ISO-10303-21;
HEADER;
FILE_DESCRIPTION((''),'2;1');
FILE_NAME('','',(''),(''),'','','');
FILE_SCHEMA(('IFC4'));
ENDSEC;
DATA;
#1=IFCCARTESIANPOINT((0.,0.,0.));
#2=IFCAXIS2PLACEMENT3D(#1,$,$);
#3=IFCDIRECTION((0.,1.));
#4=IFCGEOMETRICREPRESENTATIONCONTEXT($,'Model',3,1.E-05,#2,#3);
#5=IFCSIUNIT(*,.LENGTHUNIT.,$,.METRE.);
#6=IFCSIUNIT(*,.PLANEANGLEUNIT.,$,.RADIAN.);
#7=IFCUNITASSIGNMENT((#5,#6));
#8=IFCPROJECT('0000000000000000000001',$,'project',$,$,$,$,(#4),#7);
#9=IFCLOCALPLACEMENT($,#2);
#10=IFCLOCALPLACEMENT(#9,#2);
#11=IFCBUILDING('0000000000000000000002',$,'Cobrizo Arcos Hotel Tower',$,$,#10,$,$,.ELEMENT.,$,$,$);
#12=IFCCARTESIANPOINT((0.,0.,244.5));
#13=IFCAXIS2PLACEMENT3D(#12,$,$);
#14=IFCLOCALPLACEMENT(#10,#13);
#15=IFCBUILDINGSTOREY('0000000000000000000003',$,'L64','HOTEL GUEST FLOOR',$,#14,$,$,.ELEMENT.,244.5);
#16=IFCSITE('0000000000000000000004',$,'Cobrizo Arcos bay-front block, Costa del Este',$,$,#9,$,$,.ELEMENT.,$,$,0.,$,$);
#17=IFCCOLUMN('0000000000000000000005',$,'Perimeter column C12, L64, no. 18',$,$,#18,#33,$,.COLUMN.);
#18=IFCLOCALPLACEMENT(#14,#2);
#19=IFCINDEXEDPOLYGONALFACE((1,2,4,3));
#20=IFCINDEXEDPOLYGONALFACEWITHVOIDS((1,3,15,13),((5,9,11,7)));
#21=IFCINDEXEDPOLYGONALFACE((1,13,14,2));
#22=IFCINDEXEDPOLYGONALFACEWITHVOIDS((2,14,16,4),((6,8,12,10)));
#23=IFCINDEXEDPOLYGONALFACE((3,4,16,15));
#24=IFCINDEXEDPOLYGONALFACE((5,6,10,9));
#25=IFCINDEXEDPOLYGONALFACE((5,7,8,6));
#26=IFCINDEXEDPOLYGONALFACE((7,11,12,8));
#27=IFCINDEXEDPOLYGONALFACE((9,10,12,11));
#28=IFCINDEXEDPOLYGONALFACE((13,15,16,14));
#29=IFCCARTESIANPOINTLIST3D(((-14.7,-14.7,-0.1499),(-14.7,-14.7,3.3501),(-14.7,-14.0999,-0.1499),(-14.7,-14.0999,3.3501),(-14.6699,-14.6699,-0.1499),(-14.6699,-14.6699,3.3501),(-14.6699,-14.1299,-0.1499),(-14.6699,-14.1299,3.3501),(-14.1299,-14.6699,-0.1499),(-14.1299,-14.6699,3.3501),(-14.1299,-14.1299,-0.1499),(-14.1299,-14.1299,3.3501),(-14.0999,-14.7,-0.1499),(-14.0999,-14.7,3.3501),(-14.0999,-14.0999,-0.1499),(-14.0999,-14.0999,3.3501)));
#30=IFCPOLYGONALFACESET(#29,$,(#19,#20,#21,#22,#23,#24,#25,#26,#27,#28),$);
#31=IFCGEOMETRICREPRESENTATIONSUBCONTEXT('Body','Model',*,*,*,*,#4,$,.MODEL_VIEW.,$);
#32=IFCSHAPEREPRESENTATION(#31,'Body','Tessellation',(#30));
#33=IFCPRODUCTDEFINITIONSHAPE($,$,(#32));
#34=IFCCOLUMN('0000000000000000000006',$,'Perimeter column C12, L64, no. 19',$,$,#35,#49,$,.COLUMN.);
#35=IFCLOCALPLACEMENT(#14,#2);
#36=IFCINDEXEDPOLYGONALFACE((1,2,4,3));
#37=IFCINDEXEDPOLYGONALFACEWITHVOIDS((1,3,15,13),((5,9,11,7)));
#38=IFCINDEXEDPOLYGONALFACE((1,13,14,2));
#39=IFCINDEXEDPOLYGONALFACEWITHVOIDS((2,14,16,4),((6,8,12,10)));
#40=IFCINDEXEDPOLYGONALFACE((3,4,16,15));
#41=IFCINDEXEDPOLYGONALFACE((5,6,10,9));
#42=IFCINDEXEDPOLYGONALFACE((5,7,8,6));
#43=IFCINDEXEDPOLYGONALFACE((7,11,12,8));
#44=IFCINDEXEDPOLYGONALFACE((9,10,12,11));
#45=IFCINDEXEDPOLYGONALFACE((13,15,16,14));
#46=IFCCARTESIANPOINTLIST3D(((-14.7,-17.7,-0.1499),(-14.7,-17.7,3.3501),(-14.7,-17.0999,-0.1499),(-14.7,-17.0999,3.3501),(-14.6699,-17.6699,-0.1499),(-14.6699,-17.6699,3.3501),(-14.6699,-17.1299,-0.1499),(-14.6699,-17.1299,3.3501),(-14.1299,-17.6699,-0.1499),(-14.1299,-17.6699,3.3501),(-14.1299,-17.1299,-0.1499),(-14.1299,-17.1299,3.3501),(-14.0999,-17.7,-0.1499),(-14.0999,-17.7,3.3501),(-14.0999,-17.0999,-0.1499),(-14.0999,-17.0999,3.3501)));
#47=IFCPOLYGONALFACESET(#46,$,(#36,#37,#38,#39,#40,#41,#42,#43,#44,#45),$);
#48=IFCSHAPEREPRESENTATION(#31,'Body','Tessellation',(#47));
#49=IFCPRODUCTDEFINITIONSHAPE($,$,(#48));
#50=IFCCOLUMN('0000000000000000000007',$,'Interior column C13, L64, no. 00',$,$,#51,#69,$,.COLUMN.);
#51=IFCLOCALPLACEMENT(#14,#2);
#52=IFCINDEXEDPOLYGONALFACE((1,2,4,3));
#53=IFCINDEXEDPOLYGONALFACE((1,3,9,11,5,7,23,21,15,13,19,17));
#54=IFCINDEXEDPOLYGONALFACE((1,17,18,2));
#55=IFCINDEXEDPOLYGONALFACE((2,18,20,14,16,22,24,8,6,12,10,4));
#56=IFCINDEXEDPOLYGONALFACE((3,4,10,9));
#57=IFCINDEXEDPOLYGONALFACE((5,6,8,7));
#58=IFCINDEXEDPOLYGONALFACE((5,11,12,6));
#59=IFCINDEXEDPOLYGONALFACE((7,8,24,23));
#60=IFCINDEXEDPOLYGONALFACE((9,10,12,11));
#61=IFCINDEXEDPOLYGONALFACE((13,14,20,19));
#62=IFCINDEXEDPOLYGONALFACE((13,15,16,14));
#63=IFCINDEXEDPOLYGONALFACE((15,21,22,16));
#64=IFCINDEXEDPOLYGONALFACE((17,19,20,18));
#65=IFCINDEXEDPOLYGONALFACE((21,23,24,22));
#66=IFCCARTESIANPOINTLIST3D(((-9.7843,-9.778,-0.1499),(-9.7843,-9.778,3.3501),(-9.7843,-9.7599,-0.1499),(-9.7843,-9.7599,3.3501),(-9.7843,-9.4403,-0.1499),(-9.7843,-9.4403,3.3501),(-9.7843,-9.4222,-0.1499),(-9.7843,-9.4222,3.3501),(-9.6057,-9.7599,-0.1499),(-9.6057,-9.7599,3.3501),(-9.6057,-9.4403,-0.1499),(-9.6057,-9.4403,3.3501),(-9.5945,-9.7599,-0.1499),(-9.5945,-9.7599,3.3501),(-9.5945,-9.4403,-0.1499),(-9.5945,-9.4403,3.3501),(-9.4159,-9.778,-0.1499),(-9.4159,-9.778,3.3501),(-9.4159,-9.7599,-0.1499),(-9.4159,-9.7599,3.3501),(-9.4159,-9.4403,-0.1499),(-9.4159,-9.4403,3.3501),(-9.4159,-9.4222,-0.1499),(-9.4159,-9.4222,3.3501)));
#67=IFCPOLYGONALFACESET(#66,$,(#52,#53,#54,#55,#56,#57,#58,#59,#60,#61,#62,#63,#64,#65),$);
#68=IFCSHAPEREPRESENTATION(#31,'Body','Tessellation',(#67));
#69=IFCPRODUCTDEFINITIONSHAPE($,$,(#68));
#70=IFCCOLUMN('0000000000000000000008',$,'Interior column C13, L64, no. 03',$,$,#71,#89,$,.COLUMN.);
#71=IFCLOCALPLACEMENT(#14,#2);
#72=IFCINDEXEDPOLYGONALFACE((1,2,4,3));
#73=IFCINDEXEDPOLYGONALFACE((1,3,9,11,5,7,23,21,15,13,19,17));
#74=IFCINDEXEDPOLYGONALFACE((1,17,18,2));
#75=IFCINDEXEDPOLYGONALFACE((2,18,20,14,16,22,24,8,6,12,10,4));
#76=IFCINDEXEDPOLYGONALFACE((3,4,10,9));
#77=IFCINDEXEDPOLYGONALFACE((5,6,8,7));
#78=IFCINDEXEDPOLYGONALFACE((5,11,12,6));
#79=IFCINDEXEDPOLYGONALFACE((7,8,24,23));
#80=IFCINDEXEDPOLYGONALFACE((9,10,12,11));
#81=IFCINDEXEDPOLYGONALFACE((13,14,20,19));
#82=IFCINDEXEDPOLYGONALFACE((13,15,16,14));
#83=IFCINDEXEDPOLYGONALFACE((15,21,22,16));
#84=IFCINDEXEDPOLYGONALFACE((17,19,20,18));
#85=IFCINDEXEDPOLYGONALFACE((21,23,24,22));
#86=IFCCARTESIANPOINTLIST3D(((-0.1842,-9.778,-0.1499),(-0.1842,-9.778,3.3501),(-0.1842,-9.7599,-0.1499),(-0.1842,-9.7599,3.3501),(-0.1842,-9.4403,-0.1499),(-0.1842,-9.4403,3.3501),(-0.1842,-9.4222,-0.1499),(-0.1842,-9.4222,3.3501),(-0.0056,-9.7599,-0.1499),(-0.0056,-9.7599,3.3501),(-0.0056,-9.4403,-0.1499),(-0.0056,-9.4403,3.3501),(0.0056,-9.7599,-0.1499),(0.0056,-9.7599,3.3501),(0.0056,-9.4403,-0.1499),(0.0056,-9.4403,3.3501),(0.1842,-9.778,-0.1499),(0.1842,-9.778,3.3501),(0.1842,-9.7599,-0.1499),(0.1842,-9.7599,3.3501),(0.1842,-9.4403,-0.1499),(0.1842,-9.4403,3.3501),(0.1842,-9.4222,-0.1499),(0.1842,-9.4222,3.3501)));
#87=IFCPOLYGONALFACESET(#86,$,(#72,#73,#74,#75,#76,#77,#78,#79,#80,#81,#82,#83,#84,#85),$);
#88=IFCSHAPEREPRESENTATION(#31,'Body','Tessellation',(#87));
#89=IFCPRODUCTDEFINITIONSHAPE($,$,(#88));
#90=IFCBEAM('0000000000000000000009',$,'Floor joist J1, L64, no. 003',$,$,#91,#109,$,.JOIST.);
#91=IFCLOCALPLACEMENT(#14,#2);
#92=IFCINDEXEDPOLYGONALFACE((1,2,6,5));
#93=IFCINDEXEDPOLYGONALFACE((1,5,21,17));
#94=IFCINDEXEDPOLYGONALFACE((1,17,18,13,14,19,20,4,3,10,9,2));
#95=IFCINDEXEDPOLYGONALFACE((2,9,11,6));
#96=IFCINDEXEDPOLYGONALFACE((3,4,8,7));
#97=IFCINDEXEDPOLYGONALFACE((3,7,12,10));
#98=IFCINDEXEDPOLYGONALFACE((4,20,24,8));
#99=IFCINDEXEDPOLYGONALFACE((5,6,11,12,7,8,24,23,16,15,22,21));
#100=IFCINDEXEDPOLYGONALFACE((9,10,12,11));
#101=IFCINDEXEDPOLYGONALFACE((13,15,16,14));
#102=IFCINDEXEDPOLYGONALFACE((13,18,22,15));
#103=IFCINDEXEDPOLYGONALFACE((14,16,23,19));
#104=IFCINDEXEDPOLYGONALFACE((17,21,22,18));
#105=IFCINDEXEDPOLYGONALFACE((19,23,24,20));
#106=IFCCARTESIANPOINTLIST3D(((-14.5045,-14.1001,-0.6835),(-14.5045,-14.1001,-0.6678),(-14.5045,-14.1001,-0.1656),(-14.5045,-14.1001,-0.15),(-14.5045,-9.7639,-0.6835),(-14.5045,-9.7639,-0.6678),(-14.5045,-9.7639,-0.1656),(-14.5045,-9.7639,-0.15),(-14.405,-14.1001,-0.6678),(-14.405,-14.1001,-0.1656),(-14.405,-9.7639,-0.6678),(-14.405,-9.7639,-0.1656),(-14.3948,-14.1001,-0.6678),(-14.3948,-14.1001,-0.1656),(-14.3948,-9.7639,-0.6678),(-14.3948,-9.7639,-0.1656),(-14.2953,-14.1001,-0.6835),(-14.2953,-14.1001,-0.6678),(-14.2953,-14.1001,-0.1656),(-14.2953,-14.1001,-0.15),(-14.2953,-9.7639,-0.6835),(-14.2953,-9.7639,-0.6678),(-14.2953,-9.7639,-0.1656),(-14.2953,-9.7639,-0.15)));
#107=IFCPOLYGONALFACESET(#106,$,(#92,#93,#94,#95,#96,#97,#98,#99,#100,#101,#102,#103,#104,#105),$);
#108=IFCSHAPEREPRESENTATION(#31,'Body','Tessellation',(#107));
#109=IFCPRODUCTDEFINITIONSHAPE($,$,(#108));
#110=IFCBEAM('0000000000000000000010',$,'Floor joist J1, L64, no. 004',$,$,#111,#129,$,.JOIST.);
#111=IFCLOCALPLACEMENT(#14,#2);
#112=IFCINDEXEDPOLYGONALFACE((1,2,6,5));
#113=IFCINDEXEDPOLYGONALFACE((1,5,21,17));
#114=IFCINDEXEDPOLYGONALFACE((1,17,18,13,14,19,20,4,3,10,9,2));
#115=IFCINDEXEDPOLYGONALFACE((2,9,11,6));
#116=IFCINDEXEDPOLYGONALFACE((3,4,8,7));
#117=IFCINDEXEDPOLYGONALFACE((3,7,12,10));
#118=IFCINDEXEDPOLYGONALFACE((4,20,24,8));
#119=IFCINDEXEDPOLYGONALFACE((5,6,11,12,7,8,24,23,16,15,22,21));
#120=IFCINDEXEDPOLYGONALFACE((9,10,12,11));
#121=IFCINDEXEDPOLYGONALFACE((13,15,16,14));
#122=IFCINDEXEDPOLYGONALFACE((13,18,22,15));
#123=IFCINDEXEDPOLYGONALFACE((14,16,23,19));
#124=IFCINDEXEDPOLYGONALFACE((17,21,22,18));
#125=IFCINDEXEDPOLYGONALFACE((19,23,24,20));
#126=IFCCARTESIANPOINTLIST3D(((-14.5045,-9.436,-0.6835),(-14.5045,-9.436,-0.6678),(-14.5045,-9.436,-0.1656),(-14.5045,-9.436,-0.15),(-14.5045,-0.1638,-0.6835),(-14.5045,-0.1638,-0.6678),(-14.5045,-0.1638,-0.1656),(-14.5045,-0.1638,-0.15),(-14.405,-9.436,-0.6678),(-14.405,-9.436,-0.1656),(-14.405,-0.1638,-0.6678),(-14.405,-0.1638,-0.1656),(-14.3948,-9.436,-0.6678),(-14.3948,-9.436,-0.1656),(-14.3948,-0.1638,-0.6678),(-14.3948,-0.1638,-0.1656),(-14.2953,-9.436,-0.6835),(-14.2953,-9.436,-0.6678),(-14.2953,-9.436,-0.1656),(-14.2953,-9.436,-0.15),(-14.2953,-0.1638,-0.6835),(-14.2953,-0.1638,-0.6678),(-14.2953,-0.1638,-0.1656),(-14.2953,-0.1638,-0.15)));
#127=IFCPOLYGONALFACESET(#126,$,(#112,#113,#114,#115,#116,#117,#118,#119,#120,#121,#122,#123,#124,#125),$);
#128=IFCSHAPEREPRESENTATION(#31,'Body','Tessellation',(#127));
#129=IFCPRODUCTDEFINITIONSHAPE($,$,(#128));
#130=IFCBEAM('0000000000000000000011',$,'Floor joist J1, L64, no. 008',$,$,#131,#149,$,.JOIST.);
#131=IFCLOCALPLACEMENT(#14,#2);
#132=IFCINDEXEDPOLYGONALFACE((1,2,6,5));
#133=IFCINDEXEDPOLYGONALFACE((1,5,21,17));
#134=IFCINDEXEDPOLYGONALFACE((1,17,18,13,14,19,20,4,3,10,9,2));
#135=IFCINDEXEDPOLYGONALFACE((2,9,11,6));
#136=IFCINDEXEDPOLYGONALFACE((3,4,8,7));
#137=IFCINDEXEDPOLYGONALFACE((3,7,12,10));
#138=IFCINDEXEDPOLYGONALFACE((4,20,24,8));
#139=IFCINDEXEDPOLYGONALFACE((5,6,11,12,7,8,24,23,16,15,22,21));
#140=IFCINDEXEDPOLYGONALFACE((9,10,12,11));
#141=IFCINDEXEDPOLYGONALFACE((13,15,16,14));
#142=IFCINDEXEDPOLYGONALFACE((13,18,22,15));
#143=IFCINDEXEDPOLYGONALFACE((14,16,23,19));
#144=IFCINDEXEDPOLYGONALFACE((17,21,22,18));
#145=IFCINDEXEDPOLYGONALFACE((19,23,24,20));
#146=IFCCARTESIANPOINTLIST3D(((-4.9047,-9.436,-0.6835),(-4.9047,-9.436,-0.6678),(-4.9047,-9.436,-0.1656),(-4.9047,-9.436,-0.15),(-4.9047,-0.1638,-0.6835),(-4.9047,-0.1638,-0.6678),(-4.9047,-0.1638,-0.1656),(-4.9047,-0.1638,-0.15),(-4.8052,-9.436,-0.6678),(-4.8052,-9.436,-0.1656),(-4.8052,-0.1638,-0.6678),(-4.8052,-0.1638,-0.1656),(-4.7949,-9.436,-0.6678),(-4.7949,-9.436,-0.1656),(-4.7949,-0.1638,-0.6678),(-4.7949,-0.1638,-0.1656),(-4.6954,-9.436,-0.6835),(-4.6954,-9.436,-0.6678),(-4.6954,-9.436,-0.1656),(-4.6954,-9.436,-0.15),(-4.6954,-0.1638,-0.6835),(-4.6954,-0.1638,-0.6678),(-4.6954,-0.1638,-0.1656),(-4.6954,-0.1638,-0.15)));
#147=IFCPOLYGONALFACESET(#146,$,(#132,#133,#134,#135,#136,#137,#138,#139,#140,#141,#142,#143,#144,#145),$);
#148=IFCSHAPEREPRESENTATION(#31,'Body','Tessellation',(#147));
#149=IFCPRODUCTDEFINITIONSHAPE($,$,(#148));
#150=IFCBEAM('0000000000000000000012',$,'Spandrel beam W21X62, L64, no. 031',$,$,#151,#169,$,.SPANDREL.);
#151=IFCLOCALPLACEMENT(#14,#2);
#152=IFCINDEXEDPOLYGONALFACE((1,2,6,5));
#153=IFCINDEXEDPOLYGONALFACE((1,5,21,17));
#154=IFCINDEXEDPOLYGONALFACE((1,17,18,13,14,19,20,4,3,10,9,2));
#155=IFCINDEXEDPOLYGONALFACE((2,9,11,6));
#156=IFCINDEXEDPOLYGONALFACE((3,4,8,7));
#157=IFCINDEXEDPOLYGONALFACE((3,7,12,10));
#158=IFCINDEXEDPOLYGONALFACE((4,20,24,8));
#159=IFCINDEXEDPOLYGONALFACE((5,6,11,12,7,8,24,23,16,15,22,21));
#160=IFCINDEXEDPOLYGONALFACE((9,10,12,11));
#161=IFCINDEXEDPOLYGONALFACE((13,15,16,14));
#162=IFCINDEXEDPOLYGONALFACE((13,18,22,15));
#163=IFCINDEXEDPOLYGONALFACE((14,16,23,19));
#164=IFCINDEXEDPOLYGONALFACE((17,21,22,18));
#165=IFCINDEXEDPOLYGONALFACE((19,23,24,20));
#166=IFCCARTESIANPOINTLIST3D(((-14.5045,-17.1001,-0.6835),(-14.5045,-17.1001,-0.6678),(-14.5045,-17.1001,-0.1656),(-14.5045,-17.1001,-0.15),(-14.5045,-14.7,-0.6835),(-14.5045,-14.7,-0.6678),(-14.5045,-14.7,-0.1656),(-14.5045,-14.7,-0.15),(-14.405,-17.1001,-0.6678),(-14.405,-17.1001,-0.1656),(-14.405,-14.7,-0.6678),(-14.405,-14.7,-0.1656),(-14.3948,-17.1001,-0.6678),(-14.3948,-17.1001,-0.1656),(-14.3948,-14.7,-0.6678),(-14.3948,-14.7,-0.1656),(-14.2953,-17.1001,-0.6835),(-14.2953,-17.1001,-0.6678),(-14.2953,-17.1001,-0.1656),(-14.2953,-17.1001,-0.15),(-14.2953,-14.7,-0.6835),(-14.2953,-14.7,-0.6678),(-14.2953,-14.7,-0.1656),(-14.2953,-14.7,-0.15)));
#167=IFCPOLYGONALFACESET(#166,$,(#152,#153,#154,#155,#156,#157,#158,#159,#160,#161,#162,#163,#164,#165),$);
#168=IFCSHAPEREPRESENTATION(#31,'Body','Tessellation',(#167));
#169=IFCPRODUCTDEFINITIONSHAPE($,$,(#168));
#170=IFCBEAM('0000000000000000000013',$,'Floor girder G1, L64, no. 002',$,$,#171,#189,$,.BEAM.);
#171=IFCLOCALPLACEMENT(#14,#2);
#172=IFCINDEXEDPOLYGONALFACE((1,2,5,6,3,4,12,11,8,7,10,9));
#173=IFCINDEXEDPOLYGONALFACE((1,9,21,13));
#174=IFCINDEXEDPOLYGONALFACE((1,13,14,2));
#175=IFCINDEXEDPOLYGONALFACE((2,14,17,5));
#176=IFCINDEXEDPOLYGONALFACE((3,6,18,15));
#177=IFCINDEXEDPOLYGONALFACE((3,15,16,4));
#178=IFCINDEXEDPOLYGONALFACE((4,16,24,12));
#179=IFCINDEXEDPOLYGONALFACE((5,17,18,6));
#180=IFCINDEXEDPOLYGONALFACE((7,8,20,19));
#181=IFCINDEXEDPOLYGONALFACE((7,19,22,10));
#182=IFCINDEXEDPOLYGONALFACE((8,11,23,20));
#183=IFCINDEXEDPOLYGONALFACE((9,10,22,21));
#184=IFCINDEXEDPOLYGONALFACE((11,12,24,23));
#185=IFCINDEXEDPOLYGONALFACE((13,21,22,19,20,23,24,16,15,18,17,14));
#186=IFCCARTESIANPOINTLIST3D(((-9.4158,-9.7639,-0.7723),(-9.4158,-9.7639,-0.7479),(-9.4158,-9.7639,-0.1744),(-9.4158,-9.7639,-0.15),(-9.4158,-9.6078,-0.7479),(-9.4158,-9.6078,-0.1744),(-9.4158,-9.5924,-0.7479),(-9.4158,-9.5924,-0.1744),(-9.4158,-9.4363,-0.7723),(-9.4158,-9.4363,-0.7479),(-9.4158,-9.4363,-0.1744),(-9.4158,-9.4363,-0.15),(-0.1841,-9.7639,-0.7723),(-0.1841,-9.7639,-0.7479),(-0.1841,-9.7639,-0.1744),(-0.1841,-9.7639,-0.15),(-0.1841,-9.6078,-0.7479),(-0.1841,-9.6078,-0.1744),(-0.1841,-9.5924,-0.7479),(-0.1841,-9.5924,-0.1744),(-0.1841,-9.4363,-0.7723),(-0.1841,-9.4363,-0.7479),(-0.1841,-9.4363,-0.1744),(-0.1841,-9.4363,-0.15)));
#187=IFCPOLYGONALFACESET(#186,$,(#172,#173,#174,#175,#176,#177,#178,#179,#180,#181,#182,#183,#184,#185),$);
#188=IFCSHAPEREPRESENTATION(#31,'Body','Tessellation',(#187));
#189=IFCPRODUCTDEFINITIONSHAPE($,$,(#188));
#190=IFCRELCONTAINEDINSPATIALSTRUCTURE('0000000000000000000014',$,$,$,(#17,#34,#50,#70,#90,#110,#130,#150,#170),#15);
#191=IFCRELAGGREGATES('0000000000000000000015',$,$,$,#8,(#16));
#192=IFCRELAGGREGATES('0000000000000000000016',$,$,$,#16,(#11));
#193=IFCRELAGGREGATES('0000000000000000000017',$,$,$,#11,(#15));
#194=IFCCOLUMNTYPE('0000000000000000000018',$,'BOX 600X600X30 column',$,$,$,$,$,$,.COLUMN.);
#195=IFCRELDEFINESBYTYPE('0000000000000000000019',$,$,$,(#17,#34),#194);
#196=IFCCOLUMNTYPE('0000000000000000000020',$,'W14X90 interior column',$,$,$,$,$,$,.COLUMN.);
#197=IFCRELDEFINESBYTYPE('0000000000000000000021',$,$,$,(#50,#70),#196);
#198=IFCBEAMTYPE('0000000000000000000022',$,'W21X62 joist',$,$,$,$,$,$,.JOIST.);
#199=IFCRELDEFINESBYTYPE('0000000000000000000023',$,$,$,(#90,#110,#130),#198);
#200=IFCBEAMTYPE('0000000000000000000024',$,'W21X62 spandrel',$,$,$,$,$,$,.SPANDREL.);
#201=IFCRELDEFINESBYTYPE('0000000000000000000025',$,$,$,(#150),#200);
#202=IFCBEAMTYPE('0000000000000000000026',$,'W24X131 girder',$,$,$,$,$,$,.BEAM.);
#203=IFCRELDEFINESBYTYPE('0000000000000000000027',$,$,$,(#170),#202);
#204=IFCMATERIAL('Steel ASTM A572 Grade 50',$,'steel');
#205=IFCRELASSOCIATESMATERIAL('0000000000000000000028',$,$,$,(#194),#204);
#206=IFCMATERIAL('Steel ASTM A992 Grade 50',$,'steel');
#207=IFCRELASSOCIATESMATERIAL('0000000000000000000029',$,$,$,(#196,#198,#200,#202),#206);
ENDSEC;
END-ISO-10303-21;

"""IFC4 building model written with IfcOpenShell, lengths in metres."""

from ifc_helpers import new_model, si_unit, direction, frame, origin, origin_2d, place, context, subcontext, project, spatial, hollow_rectangle, i_section, extrude, material, material_profile, profile_set, type_object, element, save


model = new_model("IFC4")

# Units and contexts
model_context = context("Model", 3, precision=1e-05, world=origin(), true_north=direction((0.0, 1.0)))
body_context = subcontext(model_context, "Body", "Model", "MODEL_VIEW")
ifc_project = project(units=[si_unit("LENGTHUNIT", "METRE"), si_unit("PLANEANGLEUNIT", "RADIAN")], contexts=[model_context])

# Site, building, storey
site_placement = place(None, origin())
site = spatial("IfcSite", under=ifc_project, at=site_placement, Name="Cobrizo Arcos bay-front block, Costa del Este", CompositionType="ELEMENT", RefElevation=0.0)
building_placement = place(site_placement, origin())
building = spatial("IfcBuilding", under=site, at=building_placement, Name="Cobrizo Arcos Hotel Tower", CompositionType="ELEMENT")
storey_placement = place(building_placement, frame((0.0, 0.0, 244.5)))
storey = spatial("IfcBuildingStorey", under=building, at=storey_placement, Name="L64", Description="HOTEL GUEST FLOOR", CompositionType="ELEMENT", Elevation=244.5)

# Columns
ifc_material_1 = material(Name="Steel ASTM A572 Grade 50", Category="steel")
ifc_material_profile_1 = material_profile(ifc_material_1, hollow_rectangle(XDim=0.6001, YDim=0.6001, WallThickness=0.03, at=origin_2d()), Name="BOX 600X600X30")
ifc_profile_set_1 = profile_set([ifc_material_profile_1], Name="Steel ASTM A572 Grade 50")
column_type_1 = type_object("IfcColumnType", Name="BOX 600X600X30 column", PredefinedType="COLUMN", material=ifc_profile_set_1)
for number, where, z_axis, x_axis, name in (
    (1, (-14.3999, -14.3999, -0.1499), (0.0, 0.0, 1.0), (1.0, 0.0, 0.0), "Perimeter column C12, L64, no. 18"),
    (2, (-14.3999, -17.3999, -0.1499), (0.0, 0.0, 1.0), (1.0, 0.0, 0.0), "Perimeter column C12, L64, no. 19"),
):
    element("IfcColumn", number, at=place(storey_placement, frame(where, z_axis=z_axis, x_axis=x_axis)), inside=storey, type_object=column_type_1, Name=name, PredefinedType="COLUMN", context=body_context, shape_type="SweptSolid", body=[
        extrude(hollow_rectangle(XDim=0.6001, YDim=0.6001, WallThickness=0.03, at=origin_2d()), origin(), (0.0, 0.0, 1.0), 3.5),
    ])
ifc_material_2 = material(Name="Steel ASTM A992 Grade 50", Category="steel")
ifc_material_profile_2 = material_profile(ifc_material_2, i_section(OverallWidth=0.3684, OverallDepth=0.3557, WebThickness=0.0112, FlangeThickness=0.0181, at=origin_2d()), Name="W14X90")
ifc_profile_set_2 = profile_set([ifc_material_profile_2], Name="Steel ASTM A992 Grade 50")
column_type_2 = type_object("IfcColumnType", Name="W14X90 interior column", PredefinedType="COLUMN", material=ifc_profile_set_2)
for number, where, z_axis, x_axis, name in (
    (3, (-9.6001, -9.6001, -0.1499), (0.0, 0.0, 1.0), (1.0, 0.0, 0.0), "Interior column C13, L64, no. 00"),
    (4, (0.0, -9.6001, -0.1499), (0.0, 0.0, 1.0), (1.0, 0.0, 0.0), "Interior column C13, L64, no. 03"),
):
    element("IfcColumn", number, at=place(storey_placement, frame(where, z_axis=z_axis, x_axis=x_axis)), inside=storey, type_object=column_type_2, Name=name, PredefinedType="COLUMN", context=body_context, shape_type="SweptSolid", body=[
        extrude(i_section(OverallWidth=0.3684, OverallDepth=0.3557, WebThickness=0.0112, FlangeThickness=0.0181, at=origin_2d()), origin(), (0.0, 0.0, 1.0), 3.5),
    ])

# Beams
ifc_material_profile_3 = material_profile(ifc_material_2, i_section(OverallWidth=0.2092, OverallDepth=0.5334, WebThickness=0.0103, FlangeThickness=0.0156, at=origin_2d()), Name="W21X62")
ifc_profile_set_3 = profile_set([ifc_material_profile_3], Name="Steel ASTM A992 Grade 50")
beam_type_1 = type_object("IfcBeamType", Name="W21X62 joist", PredefinedType="JOIST", material=ifc_profile_set_3)
beam_1_placement = place(storey_placement, frame((-14.3999, -14.1001, -0.4167), z_axis=(0.0, 1.0, 0.0), x_axis=(-1.0, 0.0, 0.0)))
element("IfcBeam", 5, at=beam_1_placement, inside=storey, type_object=beam_type_1, Name="Floor joist J1, L64, no. 003", PredefinedType="JOIST", context=body_context, shape_type="SweptSolid", body=[
    extrude(i_section(OverallWidth=0.2092, OverallDepth=0.5334, WebThickness=0.0103, FlangeThickness=0.0156, at=origin_2d()), origin(), (0.0, 0.0, 1.0), 4.3362),
])
for number, where, z_axis, x_axis, name in (
    (6, (-14.3999, -9.436, -0.4167), (0.0, 1.0, 0.0), (-1.0, 0.0, 0.0), "Floor joist J1, L64, no. 004"),
    (7, (-4.8, -9.436, -0.4167), (0.0, 1.0, 0.0), (-1.0, 0.0, 0.0), "Floor joist J1, L64, no. 008"),
):
    element("IfcBeam", number, at=place(storey_placement, frame(where, z_axis=z_axis, x_axis=x_axis)), inside=storey, type_object=beam_type_1, Name=name, PredefinedType="JOIST", context=body_context, shape_type="SweptSolid", body=[
        extrude(i_section(OverallWidth=0.2092, OverallDepth=0.5334, WebThickness=0.0103, FlangeThickness=0.0156, at=origin_2d()), origin(), (0.0, 0.0, 1.0), 9.2722),
    ])
ifc_material_profile_4 = material_profile(ifc_material_2, i_section(OverallWidth=0.2092, OverallDepth=0.5334, WebThickness=0.0103, FlangeThickness=0.0156, at=origin_2d()), Name="W21X62")
ifc_profile_set_4 = profile_set([ifc_material_profile_4], Name="Steel ASTM A992 Grade 50")
beam_type_2 = type_object("IfcBeamType", Name="W21X62 spandrel", PredefinedType="SPANDREL", material=ifc_profile_set_4)
beam_2_placement = place(storey_placement, frame((-14.3999, -14.7, -0.4167), z_axis=(0.0, -1.0, 0.0), x_axis=(1.0, 0.0, 0.0)))
element("IfcBeam", 8, at=beam_2_placement, inside=storey, type_object=beam_type_2, Name="Spandrel beam W21X62, L64, no. 031", PredefinedType="SPANDREL", context=body_context, shape_type="SweptSolid", body=[
    extrude(i_section(OverallWidth=0.2092, OverallDepth=0.5334, WebThickness=0.0103, FlangeThickness=0.0156, at=origin_2d()), origin(), (0.0, 0.0, 1.0), 2.4001),
])
ifc_material_profile_5 = material_profile(ifc_material_2, i_section(OverallWidth=0.3276, OverallDepth=0.6223, WebThickness=0.0154, FlangeThickness=0.0244, at=origin_2d()), Name="W24X131")
ifc_profile_set_5 = profile_set([ifc_material_profile_5], Name="Steel ASTM A992 Grade 50")
beam_type_3 = type_object("IfcBeamType", Name="W24X131 girder", PredefinedType="BEAM", material=ifc_profile_set_5)
for number, where, z_axis, x_axis, name in (
    (9, (-9.4158, -9.6001, -0.4612), (1.0, 0.0, 0.0), (0.0, 1.0, 0.0), "Floor girder G1, L64, no. 002"),
):
    element("IfcBeam", number, at=place(storey_placement, frame(where, z_axis=z_axis, x_axis=x_axis)), inside=storey, type_object=beam_type_3, Name=name, PredefinedType="BEAM", context=body_context, shape_type="SweptSolid", body=[
        extrude(i_section(OverallWidth=0.3276, OverallDepth=0.6223, WebThickness=0.0154, FlangeThickness=0.0244, at=origin_2d()), origin(), (0.0, 0.0, 1.0), 9.2317),
    ])

save(model, "model.ifc")
